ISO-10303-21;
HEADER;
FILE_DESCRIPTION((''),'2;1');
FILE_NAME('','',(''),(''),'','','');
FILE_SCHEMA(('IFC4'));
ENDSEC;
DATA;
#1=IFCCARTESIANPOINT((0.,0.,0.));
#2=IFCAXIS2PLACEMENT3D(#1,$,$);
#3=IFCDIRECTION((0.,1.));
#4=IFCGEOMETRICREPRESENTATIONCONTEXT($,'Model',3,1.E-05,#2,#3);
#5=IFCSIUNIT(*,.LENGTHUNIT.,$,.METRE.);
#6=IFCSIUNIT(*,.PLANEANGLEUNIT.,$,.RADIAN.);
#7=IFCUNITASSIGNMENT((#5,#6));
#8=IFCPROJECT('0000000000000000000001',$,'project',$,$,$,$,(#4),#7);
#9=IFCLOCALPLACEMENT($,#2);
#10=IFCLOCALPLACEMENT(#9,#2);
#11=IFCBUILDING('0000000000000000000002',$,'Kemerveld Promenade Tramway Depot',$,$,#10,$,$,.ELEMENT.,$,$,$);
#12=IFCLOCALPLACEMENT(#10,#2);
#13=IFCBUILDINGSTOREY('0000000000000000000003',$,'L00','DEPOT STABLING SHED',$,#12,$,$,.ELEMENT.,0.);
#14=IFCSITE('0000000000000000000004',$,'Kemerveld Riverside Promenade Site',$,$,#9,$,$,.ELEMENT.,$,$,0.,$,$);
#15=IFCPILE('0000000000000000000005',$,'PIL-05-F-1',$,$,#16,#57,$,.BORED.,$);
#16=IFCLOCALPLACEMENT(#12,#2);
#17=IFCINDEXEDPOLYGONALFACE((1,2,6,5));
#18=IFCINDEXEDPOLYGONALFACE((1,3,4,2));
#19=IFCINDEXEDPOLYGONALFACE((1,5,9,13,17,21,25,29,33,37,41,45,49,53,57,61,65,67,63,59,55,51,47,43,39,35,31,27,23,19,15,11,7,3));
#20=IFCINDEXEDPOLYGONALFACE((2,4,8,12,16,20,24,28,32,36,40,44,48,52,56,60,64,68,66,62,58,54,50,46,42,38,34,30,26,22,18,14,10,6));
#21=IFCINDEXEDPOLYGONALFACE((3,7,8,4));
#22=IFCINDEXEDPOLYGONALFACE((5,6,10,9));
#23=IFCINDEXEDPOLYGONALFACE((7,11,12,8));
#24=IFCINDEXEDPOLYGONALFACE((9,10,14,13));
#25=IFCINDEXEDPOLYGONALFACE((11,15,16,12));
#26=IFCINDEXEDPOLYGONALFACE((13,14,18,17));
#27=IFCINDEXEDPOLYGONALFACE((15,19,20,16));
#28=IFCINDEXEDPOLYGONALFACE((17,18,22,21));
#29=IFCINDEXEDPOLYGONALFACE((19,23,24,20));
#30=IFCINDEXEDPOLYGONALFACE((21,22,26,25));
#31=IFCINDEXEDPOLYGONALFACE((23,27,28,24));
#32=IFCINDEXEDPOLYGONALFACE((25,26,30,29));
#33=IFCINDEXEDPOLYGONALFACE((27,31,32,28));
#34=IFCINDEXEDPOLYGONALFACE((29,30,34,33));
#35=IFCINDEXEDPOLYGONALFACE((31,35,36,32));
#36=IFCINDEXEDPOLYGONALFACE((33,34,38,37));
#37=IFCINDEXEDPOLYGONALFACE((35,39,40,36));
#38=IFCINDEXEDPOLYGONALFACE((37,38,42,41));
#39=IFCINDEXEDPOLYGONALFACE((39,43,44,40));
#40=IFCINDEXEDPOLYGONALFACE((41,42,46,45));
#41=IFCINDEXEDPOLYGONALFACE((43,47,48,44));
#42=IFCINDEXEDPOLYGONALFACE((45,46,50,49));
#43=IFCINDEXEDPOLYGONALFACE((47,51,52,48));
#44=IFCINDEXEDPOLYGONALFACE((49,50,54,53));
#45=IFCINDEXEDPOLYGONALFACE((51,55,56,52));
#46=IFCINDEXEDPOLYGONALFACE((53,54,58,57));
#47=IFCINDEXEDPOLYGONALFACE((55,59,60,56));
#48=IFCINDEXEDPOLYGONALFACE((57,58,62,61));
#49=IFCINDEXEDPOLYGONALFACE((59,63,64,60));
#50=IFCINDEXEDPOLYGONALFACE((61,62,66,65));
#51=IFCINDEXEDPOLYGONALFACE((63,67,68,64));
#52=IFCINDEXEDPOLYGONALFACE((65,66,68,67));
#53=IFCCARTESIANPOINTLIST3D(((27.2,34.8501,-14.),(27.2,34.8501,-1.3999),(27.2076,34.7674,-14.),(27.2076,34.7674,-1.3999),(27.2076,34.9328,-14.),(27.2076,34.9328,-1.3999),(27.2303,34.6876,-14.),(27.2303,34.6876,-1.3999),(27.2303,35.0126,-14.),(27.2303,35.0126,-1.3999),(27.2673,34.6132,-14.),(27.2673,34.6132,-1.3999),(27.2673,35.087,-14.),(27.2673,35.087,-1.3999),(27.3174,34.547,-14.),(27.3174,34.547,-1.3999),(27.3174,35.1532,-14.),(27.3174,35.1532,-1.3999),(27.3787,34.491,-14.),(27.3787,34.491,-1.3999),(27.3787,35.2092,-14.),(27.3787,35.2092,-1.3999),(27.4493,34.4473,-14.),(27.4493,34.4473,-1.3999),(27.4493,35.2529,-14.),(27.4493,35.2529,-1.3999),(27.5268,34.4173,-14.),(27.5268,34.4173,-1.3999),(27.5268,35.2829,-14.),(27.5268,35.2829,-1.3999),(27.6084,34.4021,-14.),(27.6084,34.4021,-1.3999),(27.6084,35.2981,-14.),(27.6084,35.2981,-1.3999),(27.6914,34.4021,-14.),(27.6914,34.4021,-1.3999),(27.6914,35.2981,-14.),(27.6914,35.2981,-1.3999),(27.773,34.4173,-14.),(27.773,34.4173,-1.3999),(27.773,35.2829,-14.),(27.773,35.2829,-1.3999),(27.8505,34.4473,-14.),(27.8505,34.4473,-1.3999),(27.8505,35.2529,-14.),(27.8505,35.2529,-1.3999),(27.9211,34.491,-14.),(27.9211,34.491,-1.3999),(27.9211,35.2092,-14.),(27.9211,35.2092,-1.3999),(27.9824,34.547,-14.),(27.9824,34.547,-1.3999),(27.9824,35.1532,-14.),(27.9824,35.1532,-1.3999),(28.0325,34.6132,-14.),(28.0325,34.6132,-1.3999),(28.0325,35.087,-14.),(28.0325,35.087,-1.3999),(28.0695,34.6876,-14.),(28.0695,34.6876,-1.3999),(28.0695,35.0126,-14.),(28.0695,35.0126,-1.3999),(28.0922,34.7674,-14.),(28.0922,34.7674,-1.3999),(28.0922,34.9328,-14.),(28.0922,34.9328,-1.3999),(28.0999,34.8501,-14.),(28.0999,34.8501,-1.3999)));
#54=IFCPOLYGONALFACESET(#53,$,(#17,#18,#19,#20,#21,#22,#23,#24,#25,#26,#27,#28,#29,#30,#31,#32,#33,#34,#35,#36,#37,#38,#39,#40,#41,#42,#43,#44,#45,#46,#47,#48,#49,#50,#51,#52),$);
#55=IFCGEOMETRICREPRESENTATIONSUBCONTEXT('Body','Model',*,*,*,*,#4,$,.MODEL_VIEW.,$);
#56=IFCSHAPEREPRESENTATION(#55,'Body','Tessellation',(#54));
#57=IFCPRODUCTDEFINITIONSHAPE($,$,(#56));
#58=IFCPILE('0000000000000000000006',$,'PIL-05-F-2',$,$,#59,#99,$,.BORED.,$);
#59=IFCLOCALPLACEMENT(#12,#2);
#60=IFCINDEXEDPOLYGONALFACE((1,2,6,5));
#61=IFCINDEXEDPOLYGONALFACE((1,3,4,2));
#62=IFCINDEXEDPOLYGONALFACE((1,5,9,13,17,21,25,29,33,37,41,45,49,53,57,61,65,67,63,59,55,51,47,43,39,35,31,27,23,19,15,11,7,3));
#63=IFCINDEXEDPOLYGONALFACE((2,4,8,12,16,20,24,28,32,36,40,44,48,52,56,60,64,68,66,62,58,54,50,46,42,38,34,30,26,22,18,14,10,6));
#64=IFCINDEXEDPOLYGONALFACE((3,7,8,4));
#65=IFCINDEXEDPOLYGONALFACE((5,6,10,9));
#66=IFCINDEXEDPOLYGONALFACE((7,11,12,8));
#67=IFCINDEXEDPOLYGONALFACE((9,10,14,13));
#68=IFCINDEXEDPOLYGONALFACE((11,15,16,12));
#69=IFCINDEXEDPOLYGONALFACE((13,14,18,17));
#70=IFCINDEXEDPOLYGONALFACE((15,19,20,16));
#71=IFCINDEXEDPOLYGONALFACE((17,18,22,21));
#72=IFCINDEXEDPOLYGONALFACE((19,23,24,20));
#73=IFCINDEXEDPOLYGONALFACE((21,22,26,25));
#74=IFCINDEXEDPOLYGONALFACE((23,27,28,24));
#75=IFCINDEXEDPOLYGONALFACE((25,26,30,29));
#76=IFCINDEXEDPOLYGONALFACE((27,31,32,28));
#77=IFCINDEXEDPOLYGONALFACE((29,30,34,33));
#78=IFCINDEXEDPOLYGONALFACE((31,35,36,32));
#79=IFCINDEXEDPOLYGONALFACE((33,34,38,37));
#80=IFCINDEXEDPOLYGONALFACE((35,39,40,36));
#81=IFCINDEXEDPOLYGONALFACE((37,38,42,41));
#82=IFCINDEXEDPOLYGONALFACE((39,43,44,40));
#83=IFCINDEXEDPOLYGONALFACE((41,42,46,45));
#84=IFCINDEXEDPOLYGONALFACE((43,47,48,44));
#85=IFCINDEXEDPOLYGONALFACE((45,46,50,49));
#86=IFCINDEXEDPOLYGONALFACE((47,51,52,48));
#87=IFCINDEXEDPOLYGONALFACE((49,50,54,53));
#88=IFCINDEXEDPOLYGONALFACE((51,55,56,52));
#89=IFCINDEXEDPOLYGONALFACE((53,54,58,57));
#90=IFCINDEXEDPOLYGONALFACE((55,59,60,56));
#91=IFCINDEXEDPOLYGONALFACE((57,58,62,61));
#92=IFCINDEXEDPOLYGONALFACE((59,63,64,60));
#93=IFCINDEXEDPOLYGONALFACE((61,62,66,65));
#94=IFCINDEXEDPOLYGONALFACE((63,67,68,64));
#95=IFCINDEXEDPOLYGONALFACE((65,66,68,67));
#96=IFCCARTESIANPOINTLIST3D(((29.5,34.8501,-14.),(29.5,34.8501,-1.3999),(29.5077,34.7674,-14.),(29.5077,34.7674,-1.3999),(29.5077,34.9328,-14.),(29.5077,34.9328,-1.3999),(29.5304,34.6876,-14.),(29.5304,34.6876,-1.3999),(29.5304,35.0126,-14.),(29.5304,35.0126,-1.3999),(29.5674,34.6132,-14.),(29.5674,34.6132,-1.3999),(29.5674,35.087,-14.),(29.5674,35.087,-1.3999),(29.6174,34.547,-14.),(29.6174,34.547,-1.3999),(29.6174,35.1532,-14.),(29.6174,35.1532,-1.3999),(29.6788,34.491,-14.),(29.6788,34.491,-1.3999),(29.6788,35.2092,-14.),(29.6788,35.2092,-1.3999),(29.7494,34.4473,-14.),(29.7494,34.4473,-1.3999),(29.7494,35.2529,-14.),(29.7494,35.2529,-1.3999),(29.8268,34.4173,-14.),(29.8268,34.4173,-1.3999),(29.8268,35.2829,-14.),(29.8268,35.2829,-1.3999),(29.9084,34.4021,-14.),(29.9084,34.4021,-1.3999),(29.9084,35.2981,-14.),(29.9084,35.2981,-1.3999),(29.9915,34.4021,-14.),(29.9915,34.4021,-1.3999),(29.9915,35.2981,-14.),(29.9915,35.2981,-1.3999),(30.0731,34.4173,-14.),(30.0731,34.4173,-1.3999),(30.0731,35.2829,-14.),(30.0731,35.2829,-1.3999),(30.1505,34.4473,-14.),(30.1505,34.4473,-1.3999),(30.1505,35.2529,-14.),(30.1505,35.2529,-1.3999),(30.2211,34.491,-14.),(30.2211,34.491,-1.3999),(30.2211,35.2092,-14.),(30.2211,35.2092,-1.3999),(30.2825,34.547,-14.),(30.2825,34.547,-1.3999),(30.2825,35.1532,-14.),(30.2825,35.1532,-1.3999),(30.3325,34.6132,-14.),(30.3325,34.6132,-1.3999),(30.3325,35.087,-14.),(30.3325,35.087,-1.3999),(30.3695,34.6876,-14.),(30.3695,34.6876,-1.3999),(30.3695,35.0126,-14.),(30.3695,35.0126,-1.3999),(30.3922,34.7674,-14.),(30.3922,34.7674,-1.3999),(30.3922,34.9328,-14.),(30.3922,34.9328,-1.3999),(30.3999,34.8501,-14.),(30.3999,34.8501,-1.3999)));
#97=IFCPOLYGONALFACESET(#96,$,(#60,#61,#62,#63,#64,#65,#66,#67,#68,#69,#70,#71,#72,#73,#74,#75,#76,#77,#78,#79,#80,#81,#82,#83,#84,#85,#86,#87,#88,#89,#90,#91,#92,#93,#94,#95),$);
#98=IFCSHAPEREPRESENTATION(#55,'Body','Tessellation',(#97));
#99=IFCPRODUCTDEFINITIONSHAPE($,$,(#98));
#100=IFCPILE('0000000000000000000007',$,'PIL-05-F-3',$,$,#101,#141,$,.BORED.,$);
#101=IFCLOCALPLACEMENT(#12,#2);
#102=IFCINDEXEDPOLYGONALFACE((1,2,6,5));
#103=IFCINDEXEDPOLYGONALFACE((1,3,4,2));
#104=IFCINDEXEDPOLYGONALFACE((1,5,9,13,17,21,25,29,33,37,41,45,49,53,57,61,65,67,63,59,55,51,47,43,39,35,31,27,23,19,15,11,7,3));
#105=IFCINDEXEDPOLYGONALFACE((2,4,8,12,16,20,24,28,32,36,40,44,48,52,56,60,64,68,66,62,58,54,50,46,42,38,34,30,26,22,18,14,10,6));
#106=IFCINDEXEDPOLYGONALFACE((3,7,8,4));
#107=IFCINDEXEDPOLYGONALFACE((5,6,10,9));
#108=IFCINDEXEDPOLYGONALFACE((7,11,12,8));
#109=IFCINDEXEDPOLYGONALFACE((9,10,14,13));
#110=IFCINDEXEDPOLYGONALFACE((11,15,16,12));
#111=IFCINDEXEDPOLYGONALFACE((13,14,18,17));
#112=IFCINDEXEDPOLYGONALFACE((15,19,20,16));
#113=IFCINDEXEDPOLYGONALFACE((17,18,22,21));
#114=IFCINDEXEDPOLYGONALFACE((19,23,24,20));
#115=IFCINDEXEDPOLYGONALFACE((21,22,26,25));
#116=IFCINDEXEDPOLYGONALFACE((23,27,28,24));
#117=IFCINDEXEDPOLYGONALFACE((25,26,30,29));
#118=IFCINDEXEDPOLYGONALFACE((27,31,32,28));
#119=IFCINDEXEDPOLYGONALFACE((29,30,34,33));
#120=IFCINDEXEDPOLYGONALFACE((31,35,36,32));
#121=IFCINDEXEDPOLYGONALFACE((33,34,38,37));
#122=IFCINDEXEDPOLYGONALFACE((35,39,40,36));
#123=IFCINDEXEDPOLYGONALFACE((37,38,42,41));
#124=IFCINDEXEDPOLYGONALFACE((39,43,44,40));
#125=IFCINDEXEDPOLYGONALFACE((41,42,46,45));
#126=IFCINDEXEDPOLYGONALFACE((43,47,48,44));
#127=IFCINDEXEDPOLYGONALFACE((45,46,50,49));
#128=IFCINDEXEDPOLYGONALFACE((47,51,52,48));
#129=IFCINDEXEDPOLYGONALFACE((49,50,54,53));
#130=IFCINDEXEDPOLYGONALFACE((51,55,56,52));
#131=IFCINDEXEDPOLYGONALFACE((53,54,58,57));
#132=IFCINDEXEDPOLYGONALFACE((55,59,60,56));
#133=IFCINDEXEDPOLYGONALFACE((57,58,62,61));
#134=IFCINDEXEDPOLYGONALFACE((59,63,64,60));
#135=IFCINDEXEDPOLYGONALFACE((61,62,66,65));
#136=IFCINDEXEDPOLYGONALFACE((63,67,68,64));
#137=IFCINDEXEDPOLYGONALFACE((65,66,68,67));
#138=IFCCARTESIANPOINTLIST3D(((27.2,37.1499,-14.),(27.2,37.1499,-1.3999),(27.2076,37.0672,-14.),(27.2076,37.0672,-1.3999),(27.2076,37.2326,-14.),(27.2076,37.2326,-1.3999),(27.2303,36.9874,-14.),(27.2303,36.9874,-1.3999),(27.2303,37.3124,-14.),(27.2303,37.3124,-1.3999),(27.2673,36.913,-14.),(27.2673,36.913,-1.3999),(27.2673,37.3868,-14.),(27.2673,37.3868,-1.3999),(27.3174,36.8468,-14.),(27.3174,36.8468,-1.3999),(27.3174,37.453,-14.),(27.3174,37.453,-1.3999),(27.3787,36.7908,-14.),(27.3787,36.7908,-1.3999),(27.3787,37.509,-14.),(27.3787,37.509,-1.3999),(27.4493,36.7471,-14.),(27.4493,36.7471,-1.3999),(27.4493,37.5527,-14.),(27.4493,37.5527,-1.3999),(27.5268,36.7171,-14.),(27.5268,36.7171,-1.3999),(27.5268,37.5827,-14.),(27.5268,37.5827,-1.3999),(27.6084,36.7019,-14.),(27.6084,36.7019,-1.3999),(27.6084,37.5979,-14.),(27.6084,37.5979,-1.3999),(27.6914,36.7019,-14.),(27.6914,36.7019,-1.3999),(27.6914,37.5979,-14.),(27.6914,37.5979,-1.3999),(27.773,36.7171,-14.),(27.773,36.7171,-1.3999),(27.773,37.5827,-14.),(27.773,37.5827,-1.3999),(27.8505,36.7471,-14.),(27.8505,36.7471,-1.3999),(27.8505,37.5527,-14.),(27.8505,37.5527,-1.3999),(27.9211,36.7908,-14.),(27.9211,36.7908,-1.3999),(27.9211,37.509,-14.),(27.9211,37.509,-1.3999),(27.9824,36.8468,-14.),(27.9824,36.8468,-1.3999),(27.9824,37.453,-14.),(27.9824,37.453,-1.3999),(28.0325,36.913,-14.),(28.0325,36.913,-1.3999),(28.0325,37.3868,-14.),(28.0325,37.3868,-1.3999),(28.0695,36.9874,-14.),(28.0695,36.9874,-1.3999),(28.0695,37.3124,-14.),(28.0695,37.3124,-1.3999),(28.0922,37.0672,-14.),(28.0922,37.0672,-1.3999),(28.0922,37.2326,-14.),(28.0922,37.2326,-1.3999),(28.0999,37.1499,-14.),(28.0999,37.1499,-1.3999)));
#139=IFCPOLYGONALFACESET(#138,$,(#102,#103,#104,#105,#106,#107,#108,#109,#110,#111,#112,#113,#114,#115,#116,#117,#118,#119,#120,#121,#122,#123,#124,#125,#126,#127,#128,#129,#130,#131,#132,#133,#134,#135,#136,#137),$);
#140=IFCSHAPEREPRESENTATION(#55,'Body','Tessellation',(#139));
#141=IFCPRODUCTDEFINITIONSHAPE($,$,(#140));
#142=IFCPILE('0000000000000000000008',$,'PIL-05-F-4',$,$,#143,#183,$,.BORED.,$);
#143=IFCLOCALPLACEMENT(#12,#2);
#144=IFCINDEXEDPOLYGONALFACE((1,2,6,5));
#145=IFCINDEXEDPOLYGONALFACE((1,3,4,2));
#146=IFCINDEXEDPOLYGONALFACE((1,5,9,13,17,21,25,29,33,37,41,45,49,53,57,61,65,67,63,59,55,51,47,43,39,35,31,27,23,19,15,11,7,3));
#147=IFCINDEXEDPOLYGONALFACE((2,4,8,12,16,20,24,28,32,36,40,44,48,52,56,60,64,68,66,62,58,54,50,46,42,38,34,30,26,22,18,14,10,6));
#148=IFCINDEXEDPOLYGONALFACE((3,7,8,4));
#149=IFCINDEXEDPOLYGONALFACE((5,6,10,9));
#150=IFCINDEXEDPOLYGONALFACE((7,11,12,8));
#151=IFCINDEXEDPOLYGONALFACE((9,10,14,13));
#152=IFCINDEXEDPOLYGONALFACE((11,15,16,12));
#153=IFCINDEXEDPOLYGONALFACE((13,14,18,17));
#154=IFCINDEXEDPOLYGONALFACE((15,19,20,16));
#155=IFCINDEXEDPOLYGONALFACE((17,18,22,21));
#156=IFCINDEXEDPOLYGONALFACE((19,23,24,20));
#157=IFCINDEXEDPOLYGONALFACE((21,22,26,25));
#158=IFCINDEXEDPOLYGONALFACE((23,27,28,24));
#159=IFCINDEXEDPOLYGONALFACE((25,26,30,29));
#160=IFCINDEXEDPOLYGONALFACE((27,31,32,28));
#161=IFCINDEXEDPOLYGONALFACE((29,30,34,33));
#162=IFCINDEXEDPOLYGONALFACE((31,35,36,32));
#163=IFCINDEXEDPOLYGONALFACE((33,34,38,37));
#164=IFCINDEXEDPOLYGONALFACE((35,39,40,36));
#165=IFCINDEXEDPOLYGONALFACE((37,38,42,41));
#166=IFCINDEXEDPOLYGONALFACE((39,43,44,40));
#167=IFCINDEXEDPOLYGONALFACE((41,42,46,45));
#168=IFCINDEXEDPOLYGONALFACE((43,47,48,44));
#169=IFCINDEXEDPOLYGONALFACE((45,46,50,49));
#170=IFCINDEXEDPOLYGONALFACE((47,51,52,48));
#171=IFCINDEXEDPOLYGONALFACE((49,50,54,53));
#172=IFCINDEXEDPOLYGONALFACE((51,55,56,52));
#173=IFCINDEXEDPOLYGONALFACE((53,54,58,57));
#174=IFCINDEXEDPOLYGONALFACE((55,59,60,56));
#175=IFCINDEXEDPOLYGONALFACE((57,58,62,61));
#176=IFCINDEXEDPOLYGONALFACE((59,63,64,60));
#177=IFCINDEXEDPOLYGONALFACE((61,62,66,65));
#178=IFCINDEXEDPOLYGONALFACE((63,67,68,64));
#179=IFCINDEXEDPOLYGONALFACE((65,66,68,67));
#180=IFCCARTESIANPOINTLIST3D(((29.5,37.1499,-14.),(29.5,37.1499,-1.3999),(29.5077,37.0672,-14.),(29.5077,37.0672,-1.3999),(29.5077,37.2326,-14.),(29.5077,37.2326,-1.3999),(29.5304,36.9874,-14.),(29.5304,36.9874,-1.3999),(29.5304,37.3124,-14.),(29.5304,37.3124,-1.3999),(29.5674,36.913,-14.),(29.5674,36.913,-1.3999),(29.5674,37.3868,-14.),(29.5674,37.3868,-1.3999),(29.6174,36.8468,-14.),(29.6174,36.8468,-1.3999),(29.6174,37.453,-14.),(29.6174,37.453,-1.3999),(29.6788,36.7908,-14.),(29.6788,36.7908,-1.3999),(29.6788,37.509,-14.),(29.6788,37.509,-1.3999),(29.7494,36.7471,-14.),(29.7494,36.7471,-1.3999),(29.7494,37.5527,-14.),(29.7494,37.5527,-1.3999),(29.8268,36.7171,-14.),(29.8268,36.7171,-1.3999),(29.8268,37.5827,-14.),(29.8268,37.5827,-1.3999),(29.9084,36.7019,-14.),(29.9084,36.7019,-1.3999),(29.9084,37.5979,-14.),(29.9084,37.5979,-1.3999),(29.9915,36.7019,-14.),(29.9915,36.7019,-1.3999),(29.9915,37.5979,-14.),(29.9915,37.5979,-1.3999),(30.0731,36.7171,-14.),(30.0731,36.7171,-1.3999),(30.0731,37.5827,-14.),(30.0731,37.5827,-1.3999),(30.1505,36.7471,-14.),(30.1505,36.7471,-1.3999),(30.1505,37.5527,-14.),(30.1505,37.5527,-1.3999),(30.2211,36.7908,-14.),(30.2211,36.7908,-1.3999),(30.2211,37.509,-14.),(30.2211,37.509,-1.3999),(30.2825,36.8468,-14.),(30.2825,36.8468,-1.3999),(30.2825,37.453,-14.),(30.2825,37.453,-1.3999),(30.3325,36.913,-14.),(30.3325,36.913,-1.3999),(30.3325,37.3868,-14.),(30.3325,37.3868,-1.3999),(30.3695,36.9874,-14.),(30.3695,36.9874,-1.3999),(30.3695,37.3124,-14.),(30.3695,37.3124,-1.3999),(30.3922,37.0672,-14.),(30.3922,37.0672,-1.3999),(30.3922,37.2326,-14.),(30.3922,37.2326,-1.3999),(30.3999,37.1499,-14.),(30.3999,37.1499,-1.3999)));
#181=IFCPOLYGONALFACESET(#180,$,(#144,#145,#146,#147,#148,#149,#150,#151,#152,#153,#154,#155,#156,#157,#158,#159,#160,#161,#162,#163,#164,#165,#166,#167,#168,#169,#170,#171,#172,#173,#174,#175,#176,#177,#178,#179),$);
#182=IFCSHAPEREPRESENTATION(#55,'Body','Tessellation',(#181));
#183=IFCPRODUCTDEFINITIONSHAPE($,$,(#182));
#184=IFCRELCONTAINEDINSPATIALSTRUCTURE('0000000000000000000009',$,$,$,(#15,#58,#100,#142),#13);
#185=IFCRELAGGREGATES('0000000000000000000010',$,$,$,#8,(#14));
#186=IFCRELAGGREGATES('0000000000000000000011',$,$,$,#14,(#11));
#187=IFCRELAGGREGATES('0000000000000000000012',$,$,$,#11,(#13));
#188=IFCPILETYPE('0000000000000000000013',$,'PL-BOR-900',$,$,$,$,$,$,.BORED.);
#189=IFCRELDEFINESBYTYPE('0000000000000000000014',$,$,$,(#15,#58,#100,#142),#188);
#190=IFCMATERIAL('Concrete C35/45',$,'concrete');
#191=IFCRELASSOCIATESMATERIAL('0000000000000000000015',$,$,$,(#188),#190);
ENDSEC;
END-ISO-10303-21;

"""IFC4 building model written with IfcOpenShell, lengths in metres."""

from ifc_helpers import new_model, si_unit, direction, frame, origin, origin_2d, place, context, subcontext, project, spatial, circle, extrude, material, material_profile, profile_set, type_object, element, save


model = new_model("IFC4")

# Units and contexts
model_context = context("Model", 3, precision=1e-05, world=origin(), true_north=direction((0.0, 1.0)))
body_context = subcontext(model_context, "Body", "Model", "MODEL_VIEW")
ifc_project = project(units=[si_unit("LENGTHUNIT", "METRE"), si_unit("PLANEANGLEUNIT", "RADIAN")], contexts=[model_context])

# Site, building, storey
site_placement = place(None, origin())
site = spatial("IfcSite", under=ifc_project, at=site_placement, Name="Kemerveld Riverside Promenade Site", CompositionType="ELEMENT", RefElevation=0.0)
building_placement = place(site_placement, origin())
building = spatial("IfcBuilding", under=site, at=building_placement, Name="Kemerveld Promenade Tramway Depot", CompositionType="ELEMENT")
storey_placement = place(building_placement, origin())
storey = spatial("IfcBuildingStorey", under=building, at=storey_placement, Name="L00", Description="DEPOT STABLING SHED", CompositionType="ELEMENT", Elevation=0.0)

# Shared definitions
ifc_material_1 = material(Name="Concrete C35/45", Category="concrete")

# Piles
ifc_material_profile_1 = material_profile(ifc_material_1, circle(Radius=0.45, at=origin_2d()), Name="PILE-D900")
ifc_profile_set_1 = profile_set([ifc_material_profile_1], Name="Concrete C35/45")
pile_type = type_object("IfcPileType", Name="PL-BOR-900", PredefinedType="BORED", material=ifc_profile_set_1)
for number, where, z_axis, x_axis, name in (
    (1, (27.6499, 34.8501, -1.3999), (0.0, 0.0, -1.0), (1.0, 0.0, 0.0), "PIL-05-F-1"),
    (2, (29.95, 34.8501, -1.3999), (0.0, 0.0, -1.0), (1.0, 0.0, 0.0), "PIL-05-F-2"),
    (3, (27.6499, 37.1499, -1.3999), (0.0, 0.0, -1.0), (1.0, 0.0, 0.0), "PIL-05-F-3"),
    (4, (29.95, 37.1499, -1.3999), (0.0, 0.0, -1.0), (1.0, 0.0, 0.0), "PIL-05-F-4"),
):
    element("IfcPile", number, at=place(storey_placement, frame(where, z_axis=z_axis, x_axis=x_axis)), inside=storey, type_object=pile_type, Name=name, PredefinedType="BORED", context=body_context, shape_type="SweptSolid", body=[
        extrude(circle(Radius=0.45, at=origin_2d()), origin(), (0.0, 0.0, 1.0), 12.6001),
    ])

save(model, "model.ifc")
